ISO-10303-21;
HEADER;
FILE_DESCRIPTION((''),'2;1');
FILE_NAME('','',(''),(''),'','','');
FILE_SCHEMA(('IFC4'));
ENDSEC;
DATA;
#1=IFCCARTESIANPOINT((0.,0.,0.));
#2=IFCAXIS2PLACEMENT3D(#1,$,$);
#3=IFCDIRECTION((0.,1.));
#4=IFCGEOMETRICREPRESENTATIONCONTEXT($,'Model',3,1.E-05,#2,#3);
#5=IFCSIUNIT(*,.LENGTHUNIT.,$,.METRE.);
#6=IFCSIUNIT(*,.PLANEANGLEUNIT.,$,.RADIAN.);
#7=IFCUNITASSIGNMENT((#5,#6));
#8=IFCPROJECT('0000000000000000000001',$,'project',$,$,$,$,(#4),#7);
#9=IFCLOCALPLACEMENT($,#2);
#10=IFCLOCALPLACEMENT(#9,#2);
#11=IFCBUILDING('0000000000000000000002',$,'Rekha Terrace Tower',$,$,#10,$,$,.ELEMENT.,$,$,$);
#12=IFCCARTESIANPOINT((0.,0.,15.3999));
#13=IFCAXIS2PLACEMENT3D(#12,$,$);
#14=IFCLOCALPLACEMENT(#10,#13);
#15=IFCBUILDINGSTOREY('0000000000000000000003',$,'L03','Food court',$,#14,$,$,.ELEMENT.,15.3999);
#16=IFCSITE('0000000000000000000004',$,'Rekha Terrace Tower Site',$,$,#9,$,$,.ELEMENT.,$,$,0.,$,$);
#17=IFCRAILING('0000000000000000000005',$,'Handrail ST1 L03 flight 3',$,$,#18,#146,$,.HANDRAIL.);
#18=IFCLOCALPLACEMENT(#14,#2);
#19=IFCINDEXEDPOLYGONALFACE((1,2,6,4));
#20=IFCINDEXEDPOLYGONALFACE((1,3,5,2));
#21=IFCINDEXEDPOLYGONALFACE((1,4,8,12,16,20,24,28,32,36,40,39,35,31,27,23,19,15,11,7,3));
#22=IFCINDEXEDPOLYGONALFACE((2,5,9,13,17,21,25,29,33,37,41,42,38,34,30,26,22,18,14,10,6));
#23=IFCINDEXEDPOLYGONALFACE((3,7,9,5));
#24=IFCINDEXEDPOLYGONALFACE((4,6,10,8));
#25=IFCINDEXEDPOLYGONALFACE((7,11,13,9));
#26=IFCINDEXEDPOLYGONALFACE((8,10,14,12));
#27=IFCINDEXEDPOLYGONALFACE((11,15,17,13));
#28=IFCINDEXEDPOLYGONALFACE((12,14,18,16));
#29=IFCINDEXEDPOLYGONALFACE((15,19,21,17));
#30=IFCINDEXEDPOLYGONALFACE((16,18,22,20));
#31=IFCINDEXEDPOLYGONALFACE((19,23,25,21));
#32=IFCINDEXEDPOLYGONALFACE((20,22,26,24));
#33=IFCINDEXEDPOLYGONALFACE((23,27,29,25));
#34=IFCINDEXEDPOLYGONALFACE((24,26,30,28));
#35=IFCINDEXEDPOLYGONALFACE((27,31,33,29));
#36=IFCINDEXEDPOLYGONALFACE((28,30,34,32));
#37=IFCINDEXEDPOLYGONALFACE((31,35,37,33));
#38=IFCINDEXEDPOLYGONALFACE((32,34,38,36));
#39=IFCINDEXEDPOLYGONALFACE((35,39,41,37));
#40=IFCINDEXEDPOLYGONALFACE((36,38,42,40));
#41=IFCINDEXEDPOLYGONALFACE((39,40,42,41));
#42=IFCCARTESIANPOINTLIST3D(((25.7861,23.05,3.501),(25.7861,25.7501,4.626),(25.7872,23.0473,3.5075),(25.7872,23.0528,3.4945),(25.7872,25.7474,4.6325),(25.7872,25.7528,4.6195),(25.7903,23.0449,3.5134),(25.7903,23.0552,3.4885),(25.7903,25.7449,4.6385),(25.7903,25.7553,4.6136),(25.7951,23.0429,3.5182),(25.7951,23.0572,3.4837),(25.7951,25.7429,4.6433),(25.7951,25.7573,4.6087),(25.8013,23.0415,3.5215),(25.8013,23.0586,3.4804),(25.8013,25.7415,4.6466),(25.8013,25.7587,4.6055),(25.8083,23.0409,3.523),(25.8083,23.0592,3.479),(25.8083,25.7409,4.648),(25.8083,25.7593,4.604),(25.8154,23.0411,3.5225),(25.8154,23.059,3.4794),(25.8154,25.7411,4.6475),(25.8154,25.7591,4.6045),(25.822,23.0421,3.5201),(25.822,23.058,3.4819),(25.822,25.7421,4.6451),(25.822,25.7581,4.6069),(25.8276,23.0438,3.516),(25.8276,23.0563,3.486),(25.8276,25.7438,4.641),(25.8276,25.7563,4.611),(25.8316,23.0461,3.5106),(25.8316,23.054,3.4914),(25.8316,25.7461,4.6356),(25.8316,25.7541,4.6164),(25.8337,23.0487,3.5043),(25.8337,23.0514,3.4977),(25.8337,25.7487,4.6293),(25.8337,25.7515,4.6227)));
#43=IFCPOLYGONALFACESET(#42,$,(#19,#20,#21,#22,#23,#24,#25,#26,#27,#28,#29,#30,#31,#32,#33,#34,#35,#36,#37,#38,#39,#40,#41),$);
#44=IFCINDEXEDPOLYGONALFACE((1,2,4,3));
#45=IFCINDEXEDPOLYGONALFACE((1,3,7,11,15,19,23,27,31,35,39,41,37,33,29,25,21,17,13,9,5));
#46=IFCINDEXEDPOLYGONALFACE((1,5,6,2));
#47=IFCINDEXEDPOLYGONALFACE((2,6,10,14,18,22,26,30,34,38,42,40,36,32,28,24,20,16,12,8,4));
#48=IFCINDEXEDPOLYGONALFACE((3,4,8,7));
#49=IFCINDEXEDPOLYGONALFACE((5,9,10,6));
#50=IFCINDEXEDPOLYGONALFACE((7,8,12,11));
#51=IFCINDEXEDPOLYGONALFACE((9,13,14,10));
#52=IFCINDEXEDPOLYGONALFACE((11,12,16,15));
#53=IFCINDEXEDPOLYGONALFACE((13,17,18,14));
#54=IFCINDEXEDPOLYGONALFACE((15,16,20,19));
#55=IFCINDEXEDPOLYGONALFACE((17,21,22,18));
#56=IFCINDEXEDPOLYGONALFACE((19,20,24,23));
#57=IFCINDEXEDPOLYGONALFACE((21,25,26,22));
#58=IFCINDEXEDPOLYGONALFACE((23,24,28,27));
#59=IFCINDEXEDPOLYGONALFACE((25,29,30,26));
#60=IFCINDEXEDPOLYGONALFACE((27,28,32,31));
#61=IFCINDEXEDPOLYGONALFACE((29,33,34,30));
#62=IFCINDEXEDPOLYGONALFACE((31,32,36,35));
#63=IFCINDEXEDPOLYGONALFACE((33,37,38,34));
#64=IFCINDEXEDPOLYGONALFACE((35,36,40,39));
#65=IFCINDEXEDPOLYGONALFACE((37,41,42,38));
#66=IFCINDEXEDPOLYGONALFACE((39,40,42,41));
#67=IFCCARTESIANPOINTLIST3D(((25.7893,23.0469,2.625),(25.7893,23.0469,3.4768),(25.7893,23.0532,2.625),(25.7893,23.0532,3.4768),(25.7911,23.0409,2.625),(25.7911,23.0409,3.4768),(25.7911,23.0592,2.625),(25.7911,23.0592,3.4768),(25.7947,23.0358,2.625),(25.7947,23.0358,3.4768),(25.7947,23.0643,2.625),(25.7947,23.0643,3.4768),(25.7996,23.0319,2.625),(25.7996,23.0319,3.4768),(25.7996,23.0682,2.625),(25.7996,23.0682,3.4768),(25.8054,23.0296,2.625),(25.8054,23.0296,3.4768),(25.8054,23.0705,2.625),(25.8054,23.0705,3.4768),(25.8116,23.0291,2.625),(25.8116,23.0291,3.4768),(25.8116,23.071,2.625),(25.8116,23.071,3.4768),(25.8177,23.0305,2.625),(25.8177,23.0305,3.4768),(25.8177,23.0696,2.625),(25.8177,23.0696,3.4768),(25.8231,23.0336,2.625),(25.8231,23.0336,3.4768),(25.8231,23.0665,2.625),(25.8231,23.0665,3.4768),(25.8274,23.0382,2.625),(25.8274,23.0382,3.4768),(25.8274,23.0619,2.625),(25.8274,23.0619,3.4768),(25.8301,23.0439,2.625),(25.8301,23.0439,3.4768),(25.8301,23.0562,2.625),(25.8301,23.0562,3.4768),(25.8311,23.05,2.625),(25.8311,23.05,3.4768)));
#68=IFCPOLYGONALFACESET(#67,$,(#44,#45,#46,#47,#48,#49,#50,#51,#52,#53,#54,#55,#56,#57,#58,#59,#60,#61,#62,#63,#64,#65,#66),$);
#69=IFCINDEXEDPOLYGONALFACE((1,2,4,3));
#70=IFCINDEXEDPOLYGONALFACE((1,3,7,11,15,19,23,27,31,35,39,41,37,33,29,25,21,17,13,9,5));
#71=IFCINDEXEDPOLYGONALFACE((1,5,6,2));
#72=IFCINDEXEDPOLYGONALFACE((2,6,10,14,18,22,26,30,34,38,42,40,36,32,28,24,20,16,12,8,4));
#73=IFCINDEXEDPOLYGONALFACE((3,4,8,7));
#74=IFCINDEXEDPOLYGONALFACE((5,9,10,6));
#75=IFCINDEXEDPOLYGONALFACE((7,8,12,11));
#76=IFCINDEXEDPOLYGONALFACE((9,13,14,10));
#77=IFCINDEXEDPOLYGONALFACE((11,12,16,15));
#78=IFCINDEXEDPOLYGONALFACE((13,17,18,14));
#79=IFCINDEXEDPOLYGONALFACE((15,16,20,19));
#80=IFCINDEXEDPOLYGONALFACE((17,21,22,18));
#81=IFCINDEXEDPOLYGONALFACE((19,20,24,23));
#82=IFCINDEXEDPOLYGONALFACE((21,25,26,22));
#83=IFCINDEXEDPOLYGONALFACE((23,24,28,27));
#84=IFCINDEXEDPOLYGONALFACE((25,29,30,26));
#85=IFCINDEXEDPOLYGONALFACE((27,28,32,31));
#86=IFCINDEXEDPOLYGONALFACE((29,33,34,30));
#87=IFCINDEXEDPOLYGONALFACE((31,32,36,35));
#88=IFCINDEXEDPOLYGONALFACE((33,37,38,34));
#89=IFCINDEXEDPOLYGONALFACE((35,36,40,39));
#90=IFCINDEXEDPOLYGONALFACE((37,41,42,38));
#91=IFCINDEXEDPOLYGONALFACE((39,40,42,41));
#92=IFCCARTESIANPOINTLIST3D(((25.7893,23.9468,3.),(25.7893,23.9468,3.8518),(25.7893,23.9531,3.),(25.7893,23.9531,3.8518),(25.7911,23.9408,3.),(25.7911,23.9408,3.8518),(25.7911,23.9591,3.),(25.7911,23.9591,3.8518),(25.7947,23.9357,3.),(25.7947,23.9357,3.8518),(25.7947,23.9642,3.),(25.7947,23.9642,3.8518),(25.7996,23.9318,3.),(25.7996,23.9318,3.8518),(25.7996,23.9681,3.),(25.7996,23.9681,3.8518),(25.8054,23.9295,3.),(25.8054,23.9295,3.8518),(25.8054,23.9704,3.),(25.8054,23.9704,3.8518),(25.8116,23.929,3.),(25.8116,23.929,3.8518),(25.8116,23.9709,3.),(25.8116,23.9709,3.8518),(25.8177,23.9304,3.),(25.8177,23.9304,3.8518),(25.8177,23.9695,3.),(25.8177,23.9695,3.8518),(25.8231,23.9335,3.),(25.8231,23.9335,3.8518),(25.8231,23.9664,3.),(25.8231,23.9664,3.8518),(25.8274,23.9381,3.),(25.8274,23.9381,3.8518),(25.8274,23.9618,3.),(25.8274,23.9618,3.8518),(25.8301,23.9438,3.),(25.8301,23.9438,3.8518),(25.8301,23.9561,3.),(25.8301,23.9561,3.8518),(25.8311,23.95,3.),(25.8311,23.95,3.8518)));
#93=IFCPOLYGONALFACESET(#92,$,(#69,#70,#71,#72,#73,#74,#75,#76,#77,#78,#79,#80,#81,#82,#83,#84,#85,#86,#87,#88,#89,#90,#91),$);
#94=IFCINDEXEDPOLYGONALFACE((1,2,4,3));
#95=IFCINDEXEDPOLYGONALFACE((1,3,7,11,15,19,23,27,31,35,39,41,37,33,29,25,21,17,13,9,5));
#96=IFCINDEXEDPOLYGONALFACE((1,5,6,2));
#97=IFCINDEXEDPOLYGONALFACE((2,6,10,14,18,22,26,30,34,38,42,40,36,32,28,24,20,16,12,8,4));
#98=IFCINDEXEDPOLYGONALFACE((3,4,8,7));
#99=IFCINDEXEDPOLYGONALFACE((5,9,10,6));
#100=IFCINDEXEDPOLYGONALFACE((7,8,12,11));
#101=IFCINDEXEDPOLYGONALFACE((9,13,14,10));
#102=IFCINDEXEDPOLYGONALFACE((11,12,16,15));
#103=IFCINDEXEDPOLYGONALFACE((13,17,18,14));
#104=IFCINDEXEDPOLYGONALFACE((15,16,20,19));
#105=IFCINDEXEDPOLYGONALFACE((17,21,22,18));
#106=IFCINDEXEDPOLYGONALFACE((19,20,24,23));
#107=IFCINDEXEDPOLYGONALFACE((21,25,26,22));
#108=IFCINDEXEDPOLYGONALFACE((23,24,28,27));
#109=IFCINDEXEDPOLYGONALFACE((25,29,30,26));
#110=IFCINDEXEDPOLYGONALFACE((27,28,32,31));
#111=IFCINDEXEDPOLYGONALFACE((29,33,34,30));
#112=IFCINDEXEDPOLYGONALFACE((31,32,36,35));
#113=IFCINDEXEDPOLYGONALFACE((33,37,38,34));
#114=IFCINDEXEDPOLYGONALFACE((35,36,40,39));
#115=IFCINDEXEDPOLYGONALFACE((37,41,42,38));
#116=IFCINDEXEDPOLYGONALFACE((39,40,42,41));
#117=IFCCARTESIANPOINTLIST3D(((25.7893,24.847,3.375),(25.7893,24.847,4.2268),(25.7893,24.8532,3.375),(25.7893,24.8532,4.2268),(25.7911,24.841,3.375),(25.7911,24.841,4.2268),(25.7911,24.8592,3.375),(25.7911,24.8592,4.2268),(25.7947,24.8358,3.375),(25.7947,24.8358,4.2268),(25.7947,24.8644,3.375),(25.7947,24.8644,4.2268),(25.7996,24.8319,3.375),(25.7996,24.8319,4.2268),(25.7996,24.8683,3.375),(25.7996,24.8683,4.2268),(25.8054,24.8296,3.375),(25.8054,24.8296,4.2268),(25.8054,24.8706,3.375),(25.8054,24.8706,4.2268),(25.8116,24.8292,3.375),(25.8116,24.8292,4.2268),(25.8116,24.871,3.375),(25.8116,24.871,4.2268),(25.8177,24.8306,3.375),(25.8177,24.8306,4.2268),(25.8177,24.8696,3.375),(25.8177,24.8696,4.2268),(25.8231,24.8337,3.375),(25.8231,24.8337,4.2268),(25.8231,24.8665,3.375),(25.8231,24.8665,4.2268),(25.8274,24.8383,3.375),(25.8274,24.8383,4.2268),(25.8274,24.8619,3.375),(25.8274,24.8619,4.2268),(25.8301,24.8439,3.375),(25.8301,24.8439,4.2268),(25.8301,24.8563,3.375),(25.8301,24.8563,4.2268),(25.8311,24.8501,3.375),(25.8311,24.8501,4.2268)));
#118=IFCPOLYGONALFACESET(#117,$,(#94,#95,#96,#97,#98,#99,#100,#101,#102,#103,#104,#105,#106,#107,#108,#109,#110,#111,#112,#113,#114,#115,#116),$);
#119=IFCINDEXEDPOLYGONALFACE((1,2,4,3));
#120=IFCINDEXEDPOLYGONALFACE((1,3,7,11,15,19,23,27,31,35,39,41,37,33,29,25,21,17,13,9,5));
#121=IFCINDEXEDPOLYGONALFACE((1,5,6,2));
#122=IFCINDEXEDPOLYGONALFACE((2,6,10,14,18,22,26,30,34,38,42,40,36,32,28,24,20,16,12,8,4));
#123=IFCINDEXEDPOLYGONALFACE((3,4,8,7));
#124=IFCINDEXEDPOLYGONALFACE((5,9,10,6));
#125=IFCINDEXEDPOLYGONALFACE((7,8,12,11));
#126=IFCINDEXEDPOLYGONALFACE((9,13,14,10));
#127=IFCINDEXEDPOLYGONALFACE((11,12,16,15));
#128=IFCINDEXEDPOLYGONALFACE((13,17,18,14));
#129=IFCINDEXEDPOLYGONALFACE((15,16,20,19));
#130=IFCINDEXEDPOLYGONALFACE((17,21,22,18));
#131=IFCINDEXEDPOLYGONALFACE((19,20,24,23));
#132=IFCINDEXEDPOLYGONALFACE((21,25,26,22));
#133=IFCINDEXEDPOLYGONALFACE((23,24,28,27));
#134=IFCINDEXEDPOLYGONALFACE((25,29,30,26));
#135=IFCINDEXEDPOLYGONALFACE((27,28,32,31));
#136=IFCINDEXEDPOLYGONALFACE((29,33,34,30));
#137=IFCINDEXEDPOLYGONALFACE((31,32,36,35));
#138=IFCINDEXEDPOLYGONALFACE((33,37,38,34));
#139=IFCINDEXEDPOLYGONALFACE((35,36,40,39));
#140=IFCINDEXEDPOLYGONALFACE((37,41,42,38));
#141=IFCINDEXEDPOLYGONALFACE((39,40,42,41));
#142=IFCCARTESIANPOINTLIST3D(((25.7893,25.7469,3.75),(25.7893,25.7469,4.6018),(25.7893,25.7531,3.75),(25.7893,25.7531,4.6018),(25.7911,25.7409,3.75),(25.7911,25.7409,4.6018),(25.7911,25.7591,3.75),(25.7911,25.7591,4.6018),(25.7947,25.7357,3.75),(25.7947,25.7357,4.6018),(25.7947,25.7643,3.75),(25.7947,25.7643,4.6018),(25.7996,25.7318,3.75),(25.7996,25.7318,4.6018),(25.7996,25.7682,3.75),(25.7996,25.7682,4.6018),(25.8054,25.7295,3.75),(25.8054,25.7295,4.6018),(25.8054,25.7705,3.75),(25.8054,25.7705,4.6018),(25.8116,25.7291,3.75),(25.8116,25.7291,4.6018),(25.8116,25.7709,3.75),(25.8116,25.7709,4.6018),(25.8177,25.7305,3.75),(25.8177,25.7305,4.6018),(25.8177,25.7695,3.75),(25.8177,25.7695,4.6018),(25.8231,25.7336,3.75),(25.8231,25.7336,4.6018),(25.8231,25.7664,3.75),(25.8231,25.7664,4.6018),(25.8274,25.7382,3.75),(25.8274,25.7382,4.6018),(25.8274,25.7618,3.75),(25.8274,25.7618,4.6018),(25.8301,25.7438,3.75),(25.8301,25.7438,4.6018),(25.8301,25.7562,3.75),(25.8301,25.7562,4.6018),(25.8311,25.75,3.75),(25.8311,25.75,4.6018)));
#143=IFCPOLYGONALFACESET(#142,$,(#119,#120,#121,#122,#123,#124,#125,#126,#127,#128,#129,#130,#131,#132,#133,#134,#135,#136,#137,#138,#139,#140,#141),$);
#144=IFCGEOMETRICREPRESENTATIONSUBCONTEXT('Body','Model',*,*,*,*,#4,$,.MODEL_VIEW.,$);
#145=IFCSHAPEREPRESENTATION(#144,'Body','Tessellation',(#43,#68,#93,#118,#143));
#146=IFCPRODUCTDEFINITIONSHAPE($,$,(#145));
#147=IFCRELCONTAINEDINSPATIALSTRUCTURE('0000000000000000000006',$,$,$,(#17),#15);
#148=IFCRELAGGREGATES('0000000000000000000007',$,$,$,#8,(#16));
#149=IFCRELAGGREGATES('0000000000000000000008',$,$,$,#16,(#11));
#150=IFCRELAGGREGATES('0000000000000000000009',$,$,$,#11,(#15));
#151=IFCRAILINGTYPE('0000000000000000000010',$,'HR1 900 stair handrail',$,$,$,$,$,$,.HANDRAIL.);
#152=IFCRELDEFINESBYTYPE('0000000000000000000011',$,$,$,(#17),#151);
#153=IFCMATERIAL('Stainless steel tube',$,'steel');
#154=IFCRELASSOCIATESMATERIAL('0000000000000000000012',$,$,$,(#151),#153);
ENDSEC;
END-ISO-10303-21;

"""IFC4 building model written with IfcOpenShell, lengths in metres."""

from ifc_helpers import new_model, si_unit, direction, frame, origin, origin_2d, place, context, subcontext, project, spatial, circle, extrude, material, type_object, element, save


model = new_model("IFC4")

# Units and contexts
model_context = context("Model", 3, precision=1e-05, world=origin(), true_north=direction((0.0, 1.0)))
body_context = subcontext(model_context, "Body", "Model", "MODEL_VIEW")
ifc_project = project(units=[si_unit("LENGTHUNIT", "METRE"), si_unit("PLANEANGLEUNIT", "RADIAN")], contexts=[model_context])

# Site, building, storey
site_placement = place(None, origin())
site = spatial("IfcSite", under=ifc_project, at=site_placement, Name="Rekha Terrace Tower Site", CompositionType="ELEMENT", RefElevation=0.0)
building_placement = place(site_placement, origin())
building = spatial("IfcBuilding", under=site, at=building_placement, Name="Rekha Terrace Tower", CompositionType="ELEMENT")
storey_placement = place(building_placement, frame((0.0, 0.0, 15.3999)))
storey = spatial("IfcBuildingStorey", under=building, at=storey_placement, Name="L03", Description="Food court", CompositionType="ELEMENT", Elevation=15.3999)

# Railing
ifc_material_1 = material(Name="Stainless steel tube", Category="steel")
railing_type_1 = type_object("IfcRailingType", Name="HR1 900 stair handrail", PredefinedType="HANDRAIL", material=ifc_material_1)
railing_1_placement = place(storey_placement, frame((25.8101, 23.05, 2.625)))
element("IfcRailing", 1, at=railing_1_placement, inside=storey, type_object=railing_type_1, Name="Handrail ST1 L03 flight 3", PredefinedType="HANDRAIL", context=body_context, shape_type="SweptSolid", body=[
    extrude(circle(Radius=0.0239, at=origin_2d()), frame((0.0, 0.0, 0.876), z_axis=(0.0, 0.923074, 0.384621), x_axis=(-1.0, 0.0, 0.0)), (0.0, 0.0, 1.0), 2.925),
    extrude(circle(Radius=0.021, at=origin_2d()), origin(), (0.0, 0.0, 1.0), 0.8518),
    extrude(circle(Radius=0.021, at=origin_2d()), frame((0.0, 0.8999, 0.375)), (0.0, 0.0, 1.0), 0.8518),
    extrude(circle(Radius=0.021, at=origin_2d()), frame((0.0, 1.8, 0.75)), (0.0, 0.0, 1.0), 0.8518),
    extrude(circle(Radius=0.021, at=origin_2d()), frame((0.0, 2.7, 1.125)), (0.0, 0.0, 1.0), 0.8518),
])

save(model, "model.ifc")
